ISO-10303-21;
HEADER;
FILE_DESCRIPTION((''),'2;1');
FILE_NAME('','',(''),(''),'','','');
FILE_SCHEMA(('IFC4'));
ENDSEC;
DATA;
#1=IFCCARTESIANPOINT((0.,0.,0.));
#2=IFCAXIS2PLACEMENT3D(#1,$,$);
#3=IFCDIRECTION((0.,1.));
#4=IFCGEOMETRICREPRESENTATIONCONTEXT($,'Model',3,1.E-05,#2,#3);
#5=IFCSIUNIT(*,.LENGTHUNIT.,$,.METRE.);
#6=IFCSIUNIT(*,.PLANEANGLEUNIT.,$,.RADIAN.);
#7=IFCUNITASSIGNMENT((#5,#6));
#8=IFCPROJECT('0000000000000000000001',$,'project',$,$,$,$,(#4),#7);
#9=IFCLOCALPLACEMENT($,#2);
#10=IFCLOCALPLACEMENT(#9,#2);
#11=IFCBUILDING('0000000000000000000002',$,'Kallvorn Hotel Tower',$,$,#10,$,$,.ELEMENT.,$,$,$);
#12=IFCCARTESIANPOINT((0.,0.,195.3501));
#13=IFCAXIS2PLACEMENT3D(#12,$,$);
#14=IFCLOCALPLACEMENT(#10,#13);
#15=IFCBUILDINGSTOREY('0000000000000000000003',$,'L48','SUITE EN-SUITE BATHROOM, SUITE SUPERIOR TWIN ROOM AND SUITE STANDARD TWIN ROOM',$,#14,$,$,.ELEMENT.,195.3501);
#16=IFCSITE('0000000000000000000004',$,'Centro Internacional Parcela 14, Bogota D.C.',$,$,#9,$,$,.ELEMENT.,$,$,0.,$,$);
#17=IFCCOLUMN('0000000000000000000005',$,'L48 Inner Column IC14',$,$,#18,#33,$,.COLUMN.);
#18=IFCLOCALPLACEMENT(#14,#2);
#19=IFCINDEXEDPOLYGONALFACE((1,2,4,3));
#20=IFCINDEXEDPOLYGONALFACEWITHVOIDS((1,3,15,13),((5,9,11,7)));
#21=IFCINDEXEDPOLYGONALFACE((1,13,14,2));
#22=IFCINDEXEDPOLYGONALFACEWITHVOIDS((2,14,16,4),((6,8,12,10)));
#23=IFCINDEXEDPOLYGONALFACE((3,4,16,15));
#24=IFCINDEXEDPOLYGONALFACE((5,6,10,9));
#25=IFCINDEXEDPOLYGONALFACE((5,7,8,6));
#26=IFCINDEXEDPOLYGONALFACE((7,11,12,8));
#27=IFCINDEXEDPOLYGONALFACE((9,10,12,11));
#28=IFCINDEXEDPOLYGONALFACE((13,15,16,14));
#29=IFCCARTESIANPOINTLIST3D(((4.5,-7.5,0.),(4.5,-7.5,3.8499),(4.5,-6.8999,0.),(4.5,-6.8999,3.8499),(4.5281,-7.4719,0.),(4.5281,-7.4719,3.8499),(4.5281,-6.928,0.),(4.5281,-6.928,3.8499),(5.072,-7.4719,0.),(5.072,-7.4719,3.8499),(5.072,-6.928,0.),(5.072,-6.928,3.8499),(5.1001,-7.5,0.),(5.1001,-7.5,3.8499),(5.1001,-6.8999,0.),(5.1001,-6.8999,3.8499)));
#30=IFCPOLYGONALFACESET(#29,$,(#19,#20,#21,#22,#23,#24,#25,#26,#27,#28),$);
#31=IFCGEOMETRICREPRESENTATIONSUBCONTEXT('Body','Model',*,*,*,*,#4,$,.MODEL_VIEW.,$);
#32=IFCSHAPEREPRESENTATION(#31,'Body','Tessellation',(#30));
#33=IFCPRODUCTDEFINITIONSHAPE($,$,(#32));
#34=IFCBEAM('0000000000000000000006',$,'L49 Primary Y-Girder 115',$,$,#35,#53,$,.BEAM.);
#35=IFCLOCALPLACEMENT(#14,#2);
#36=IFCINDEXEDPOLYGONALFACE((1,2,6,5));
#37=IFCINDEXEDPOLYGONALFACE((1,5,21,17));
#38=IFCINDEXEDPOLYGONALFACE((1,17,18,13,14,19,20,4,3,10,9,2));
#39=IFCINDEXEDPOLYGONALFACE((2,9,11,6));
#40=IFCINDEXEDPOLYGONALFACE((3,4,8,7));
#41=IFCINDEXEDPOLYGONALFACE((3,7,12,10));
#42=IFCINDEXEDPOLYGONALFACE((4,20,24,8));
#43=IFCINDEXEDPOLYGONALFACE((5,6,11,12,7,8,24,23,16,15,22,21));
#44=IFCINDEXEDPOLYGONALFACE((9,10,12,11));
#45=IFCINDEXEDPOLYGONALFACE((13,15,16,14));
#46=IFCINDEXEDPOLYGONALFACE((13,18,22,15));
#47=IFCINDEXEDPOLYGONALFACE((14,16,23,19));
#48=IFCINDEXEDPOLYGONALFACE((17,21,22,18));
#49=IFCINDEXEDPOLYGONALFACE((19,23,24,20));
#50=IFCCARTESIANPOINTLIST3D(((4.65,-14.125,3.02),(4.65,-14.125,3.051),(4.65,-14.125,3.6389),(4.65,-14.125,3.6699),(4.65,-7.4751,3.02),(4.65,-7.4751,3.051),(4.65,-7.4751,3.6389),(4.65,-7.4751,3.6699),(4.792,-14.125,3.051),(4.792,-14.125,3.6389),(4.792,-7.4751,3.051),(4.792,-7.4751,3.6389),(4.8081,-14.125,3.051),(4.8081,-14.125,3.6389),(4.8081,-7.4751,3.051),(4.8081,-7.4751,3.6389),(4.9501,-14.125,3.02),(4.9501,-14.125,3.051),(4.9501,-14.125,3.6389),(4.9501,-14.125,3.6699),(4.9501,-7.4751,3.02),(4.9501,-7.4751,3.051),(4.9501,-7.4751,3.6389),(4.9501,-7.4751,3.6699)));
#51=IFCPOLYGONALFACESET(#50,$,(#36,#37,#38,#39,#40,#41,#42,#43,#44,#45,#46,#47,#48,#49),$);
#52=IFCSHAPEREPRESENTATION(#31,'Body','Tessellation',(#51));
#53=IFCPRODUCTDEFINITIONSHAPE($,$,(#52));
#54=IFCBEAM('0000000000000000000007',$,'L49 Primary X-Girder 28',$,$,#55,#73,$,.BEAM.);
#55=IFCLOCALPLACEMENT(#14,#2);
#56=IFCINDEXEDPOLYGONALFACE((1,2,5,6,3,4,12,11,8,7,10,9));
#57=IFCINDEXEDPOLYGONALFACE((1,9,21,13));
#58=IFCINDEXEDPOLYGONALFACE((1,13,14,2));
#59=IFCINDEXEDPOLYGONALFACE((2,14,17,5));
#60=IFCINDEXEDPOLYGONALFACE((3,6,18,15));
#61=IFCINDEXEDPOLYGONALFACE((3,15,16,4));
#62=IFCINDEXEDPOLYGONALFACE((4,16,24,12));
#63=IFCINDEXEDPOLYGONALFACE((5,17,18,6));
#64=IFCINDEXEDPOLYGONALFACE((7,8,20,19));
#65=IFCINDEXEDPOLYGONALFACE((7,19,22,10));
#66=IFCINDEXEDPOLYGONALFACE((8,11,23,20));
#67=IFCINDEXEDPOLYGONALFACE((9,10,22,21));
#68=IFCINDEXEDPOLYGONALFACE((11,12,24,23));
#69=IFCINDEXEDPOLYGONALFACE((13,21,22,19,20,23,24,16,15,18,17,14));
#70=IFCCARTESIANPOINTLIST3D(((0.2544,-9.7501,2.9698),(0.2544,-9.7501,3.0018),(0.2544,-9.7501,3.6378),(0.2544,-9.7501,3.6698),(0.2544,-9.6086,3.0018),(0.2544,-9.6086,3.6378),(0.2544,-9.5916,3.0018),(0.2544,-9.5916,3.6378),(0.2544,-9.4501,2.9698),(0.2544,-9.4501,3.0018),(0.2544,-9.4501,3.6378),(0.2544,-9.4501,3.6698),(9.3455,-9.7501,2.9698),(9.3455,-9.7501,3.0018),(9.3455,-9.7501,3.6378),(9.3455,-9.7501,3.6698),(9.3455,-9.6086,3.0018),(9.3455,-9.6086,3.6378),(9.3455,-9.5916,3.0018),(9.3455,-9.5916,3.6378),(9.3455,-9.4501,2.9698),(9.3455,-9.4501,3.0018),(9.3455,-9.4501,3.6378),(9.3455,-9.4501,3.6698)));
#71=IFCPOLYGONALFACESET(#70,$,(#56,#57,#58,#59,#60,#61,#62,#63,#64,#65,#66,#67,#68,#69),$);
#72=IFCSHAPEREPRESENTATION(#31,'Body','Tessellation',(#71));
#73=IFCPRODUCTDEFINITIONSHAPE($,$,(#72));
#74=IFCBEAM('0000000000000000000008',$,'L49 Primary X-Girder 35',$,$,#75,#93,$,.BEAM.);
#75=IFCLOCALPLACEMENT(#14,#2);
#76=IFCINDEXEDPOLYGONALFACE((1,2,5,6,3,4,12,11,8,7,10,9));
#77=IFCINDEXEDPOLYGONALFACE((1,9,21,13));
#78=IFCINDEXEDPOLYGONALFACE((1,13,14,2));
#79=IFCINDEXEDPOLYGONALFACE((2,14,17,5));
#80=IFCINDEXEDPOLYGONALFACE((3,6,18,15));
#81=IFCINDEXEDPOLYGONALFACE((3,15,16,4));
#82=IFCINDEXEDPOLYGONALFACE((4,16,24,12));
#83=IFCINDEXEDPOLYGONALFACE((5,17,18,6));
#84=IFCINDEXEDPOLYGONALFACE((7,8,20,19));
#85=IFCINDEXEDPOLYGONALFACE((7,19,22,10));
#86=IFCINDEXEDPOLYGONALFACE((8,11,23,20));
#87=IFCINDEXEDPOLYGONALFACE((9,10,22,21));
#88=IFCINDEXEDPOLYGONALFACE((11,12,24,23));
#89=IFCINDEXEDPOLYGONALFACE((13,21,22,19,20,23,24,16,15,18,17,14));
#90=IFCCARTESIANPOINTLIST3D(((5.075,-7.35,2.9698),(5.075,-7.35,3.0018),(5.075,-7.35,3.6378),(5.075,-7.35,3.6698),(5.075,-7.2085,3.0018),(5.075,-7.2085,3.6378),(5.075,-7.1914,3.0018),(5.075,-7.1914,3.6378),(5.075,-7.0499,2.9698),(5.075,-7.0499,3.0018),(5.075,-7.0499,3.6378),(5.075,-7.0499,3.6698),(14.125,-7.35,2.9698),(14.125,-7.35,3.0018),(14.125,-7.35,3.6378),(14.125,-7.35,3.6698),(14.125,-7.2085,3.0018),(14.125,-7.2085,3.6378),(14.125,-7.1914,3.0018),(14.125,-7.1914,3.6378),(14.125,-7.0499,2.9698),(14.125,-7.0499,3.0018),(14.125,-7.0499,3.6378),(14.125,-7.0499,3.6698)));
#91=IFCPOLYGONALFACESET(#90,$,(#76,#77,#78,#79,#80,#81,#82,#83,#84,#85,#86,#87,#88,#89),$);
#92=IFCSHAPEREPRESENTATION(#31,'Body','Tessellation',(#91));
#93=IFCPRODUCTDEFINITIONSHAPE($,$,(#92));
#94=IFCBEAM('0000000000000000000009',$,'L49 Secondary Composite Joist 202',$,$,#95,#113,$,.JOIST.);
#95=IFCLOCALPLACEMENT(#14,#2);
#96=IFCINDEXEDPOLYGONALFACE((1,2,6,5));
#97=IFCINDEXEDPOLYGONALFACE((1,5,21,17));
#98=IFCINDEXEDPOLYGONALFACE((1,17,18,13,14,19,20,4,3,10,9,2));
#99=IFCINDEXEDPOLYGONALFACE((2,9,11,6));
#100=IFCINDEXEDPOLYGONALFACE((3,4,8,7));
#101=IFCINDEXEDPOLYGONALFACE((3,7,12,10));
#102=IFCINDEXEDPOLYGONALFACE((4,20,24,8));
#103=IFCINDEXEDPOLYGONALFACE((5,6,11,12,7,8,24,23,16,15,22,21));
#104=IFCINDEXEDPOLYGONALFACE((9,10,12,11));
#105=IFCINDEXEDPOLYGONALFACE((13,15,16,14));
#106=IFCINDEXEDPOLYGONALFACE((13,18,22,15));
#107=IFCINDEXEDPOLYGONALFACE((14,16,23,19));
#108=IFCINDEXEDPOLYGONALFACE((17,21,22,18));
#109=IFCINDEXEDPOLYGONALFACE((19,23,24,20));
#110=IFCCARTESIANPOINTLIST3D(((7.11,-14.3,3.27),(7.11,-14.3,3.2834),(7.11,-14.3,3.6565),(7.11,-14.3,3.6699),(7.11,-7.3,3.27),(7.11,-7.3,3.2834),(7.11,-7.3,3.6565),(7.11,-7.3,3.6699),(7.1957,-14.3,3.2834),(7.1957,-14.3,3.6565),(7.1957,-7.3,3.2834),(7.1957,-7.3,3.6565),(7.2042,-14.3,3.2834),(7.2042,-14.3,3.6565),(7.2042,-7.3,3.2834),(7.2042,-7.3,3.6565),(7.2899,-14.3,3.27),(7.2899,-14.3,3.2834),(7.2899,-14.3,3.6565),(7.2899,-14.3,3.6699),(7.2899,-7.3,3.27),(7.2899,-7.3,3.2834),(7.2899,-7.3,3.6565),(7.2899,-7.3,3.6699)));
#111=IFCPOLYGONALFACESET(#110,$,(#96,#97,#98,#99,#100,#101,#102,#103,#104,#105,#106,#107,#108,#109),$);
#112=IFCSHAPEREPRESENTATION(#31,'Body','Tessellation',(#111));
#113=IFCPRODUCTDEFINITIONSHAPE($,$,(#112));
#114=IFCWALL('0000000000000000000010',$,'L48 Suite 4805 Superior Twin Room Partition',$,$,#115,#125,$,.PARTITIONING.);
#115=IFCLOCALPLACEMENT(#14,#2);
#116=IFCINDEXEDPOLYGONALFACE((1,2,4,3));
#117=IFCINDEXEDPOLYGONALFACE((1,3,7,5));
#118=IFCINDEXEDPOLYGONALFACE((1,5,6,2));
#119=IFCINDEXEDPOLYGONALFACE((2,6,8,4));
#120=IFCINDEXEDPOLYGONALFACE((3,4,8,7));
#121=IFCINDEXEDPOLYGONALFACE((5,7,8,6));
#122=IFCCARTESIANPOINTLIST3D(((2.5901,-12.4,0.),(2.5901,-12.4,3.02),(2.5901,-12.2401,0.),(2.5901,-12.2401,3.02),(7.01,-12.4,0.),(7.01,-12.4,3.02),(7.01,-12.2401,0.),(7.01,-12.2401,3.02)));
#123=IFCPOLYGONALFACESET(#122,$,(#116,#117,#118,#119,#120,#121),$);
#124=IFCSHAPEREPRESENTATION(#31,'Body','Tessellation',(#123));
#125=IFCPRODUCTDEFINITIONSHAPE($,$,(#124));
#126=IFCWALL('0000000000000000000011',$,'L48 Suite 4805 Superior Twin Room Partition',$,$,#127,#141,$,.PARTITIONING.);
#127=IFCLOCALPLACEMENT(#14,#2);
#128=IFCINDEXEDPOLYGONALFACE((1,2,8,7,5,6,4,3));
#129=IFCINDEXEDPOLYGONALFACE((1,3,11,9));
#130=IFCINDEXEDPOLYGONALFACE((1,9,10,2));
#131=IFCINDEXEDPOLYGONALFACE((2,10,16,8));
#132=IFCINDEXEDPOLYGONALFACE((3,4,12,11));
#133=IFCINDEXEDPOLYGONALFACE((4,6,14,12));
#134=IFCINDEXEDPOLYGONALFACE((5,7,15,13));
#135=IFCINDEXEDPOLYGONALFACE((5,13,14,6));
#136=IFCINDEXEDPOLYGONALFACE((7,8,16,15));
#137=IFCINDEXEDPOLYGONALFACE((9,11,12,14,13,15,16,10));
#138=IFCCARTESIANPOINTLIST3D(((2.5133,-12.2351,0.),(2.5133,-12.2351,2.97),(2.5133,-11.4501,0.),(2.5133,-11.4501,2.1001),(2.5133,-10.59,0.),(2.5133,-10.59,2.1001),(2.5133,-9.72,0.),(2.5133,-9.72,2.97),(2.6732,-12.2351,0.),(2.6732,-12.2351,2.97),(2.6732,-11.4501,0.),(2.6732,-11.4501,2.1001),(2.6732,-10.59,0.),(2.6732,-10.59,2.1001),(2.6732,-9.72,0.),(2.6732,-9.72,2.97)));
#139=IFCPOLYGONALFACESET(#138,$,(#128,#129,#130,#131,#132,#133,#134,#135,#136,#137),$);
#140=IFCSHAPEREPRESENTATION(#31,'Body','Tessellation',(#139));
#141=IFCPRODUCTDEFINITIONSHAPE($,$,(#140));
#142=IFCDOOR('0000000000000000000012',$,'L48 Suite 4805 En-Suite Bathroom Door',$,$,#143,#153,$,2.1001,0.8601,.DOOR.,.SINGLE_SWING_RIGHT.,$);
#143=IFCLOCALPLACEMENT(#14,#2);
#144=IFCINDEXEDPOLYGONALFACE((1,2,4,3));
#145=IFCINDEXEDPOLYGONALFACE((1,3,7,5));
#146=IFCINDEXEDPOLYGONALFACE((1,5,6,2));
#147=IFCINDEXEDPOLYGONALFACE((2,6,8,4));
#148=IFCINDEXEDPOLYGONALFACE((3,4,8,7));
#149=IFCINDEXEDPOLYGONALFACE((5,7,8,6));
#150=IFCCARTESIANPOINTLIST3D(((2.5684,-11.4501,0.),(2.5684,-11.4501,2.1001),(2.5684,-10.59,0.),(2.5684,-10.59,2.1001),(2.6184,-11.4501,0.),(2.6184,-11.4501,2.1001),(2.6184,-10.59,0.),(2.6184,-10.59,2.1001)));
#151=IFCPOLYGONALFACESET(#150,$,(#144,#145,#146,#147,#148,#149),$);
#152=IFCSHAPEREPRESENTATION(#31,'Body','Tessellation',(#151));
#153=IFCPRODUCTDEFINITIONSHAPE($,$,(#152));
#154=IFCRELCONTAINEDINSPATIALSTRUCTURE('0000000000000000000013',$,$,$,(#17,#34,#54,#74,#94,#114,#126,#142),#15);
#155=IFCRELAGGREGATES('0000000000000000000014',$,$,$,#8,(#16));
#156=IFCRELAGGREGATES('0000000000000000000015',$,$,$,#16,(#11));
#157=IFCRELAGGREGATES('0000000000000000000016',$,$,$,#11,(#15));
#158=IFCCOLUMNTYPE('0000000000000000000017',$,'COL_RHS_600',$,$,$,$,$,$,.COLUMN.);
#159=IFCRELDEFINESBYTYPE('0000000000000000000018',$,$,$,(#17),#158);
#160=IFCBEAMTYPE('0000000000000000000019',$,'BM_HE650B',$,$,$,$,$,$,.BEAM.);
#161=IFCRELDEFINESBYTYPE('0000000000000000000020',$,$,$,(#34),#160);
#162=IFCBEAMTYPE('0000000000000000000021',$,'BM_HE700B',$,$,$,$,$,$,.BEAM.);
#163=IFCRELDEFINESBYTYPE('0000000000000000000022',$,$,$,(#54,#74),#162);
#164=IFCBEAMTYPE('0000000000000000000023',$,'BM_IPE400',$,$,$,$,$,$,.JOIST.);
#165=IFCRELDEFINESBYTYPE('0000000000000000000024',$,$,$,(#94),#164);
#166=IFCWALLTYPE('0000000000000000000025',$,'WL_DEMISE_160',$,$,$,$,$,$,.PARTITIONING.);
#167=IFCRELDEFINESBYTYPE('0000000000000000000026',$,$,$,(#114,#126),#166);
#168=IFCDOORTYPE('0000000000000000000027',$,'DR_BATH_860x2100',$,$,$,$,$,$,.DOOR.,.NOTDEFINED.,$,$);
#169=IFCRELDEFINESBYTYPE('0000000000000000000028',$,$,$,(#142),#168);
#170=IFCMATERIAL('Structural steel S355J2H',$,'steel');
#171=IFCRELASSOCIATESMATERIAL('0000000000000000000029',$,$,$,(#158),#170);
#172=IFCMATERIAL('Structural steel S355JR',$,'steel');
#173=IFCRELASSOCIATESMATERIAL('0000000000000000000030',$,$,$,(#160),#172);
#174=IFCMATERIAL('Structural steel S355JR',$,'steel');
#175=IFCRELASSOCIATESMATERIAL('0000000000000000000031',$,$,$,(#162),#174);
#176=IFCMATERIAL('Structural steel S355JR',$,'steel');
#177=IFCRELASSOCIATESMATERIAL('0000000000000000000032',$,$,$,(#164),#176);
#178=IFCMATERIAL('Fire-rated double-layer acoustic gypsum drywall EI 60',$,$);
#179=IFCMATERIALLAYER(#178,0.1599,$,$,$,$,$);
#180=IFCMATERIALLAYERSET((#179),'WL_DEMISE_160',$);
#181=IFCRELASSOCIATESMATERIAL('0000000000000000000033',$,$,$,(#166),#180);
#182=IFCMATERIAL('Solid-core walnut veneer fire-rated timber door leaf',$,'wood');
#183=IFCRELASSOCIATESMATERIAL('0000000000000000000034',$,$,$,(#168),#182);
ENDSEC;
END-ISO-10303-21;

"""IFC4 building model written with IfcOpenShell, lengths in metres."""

from ifc_helpers import new_model, si_unit, direction, frame, frame_2d, origin, origin_2d, place, context, subcontext, project, spatial, rectangle, hollow_rectangle, i_section, extrude, material, layer, layer_set, material_profile, profile_set, type_object, element, fill, save


model = new_model("IFC4")

# Units and contexts
model_context = context("Model", 3, precision=1e-05, world=origin(), true_north=direction((0.0, 1.0)))
body_context = subcontext(model_context, "Body", "Model", "MODEL_VIEW")
ifc_project = project(units=[si_unit("LENGTHUNIT", "METRE"), si_unit("PLANEANGLEUNIT", "RADIAN")], contexts=[model_context])

# Site, building, storey
site_placement = place(None, origin())
site = spatial("IfcSite", under=ifc_project, at=site_placement, Name="Centro Internacional Parcela 14, Bogota D.C.", CompositionType="ELEMENT", RefElevation=0.0)
building_placement = place(site_placement, origin())
building = spatial("IfcBuilding", under=site, at=building_placement, Name="Kallvorn Hotel Tower", CompositionType="ELEMENT")
storey_placement = place(building_placement, frame((0.0, 0.0, 195.3501)))
storey = spatial("IfcBuildingStorey", under=building, at=storey_placement, Name="L48", Description="SUITE EN-SUITE BATHROOM, SUITE SUPERIOR TWIN ROOM AND SUITE STANDARD TWIN ROOM", CompositionType="ELEMENT", Elevation=195.3501)

# Column
ifc_material_1 = material(Name="Structural steel S355J2H", Category="steel")
ifc_material_profile_1 = material_profile(ifc_material_1, hollow_rectangle(XDim=0.6001, YDim=0.6001, WallThickness=0.0281, at=origin_2d()), Name="RHS 600x600x28")
ifc_profile_set_1 = profile_set([ifc_material_profile_1], Name="Structural steel S355J2H")
column_type = type_object("IfcColumnType", Name="COL_RHS_600", PredefinedType="COLUMN", material=ifc_profile_set_1)
column_placement = place(storey_placement, frame((4.8, -7.2, 0.0), z_axis=(0.0, 0.0, 1.0), x_axis=(1.0, 0.0, 0.0)))
element("IfcColumn", 1, at=column_placement, inside=storey, type_object=column_type, Name="L48 Inner Column IC14", PredefinedType="COLUMN", context=body_context, shape_type="SweptSolid", body=[
    extrude(hollow_rectangle(XDim=0.6001, YDim=0.6001, WallThickness=0.0281, at=origin_2d()), origin(), (0.0, 0.0, 1.0), 3.8499),
])

# Beams
ifc_material_2 = material(Name="Structural steel S355JR", Category="steel")
ifc_material_profile_2 = material_profile(ifc_material_2, i_section(OverallWidth=0.3, OverallDepth=0.6499, WebThickness=0.0161, FlangeThickness=0.031, at=origin_2d()), Name="HE 650 B")
ifc_profile_set_2 = profile_set([ifc_material_profile_2], Name="Structural steel S355JR")
beam_type_1 = type_object("IfcBeamType", Name="BM_HE650B", PredefinedType="BEAM", material=ifc_profile_set_2)
beam_1_placement = place(storey_placement, frame((4.8, -14.125, 3.345), z_axis=(0.0, 1.0, 0.0), x_axis=(-1.0, 0.0, 0.0)))
element("IfcBeam", 2, at=beam_1_placement, inside=storey, type_object=beam_type_1, Name="L49 Primary Y-Girder 115", PredefinedType="BEAM", context=body_context, shape_type="SweptSolid", body=[
    extrude(i_section(OverallWidth=0.3, OverallDepth=0.6499, WebThickness=0.0161, FlangeThickness=0.031, at=origin_2d()), origin(), (0.0, 0.0, 1.0), 6.6499),
])
ifc_material_3 = material(Name="Structural steel S355JR", Category="steel")
ifc_material_profile_3 = material_profile(ifc_material_3, i_section(OverallWidth=0.3, OverallDepth=0.7, WebThickness=0.0171, FlangeThickness=0.032, at=origin_2d()), Name="HE 700 B")
ifc_profile_set_3 = profile_set([ifc_material_profile_3], Name="Structural steel S355JR")
beam_type_2 = type_object("IfcBeamType", Name="BM_HE700B", PredefinedType="BEAM", material=ifc_profile_set_3)
beam_2_placement = place(storey_placement, frame((0.2544, -9.6001, 3.3198), z_axis=(1.0, 0.0, 0.0), x_axis=(0.0, 1.0, 0.0)))
element("IfcBeam", 3, at=beam_2_placement, inside=storey, type_object=beam_type_2, Name="L49 Primary X-Girder 28", PredefinedType="BEAM", context=body_context, shape_type="SweptSolid", body=[
    extrude(i_section(OverallWidth=0.3, OverallDepth=0.7, WebThickness=0.0171, FlangeThickness=0.032, at=origin_2d()), origin(), (0.0, 0.0, 1.0), 9.0911),
])
beam_3_placement = place(storey_placement, frame((5.075, -7.2, 3.3198), z_axis=(1.0, 0.0, 0.0), x_axis=(0.0, 1.0, 0.0)))
element("IfcBeam", 4, at=beam_3_placement, inside=storey, type_object=beam_type_2, Name="L49 Primary X-Girder 35", PredefinedType="BEAM", context=body_context, shape_type="SweptSolid", body=[
    extrude(i_section(OverallWidth=0.3, OverallDepth=0.7, WebThickness=0.0171, FlangeThickness=0.032, at=origin_2d()), origin(), (0.0, 0.0, 1.0), 9.05),
])
ifc_material_4 = material(Name="Structural steel S355JR", Category="steel")
ifc_material_profile_4 = material_profile(ifc_material_4, i_section(OverallWidth=0.1799, OverallDepth=0.3999, WebThickness=0.0085, FlangeThickness=0.0134, at=origin_2d()), Name="IPE 400")
ifc_profile_set_4 = profile_set([ifc_material_profile_4], Name="Structural steel S355JR")
beam_type_3 = type_object("IfcBeamType", Name="BM_IPE400", PredefinedType="JOIST", material=ifc_profile_set_4)
beam_4_placement = place(storey_placement, frame((7.2, -14.3, 3.47), z_axis=(0.0, 1.0, 0.0), x_axis=(-1.0, 0.0, 0.0)))
element("IfcBeam", 5, at=beam_4_placement, inside=storey, type_object=beam_type_3, Name="L49 Secondary Composite Joist 202", PredefinedType="JOIST", context=body_context, shape_type="SweptSolid", body=[
    extrude(i_section(OverallWidth=0.1799, OverallDepth=0.3999, WebThickness=0.0085, FlangeThickness=0.0134, at=origin_2d()), origin(), (0.0, 0.0, 1.0), 7.0),
])

# Wall
ifc_material_5 = material(Name="Fire-rated double-layer acoustic gypsum drywall EI 60")
ifc_layer_1 = layer(ifc_material_5, 0.1599)
ifc_layer_set_1 = layer_set([ifc_layer_1], Name="WL_DEMISE_160")
wall_type_1 = type_object("IfcWallType", Name="WL_DEMISE_160", PredefinedType="PARTITIONING", material=ifc_layer_set_1)
wall_1_placement = place(storey_placement, frame((2.5901, -12.3201, 0.0), z_axis=(0.0, 0.0, 1.0), x_axis=(1.0, 0.0, 0.0)))
element("IfcWall", 6, at=wall_1_placement, inside=storey, type_object=wall_type_1, Name="L48 Suite 4805 Superior Twin Room Partition", PredefinedType="PARTITIONING", context=body_context, shape_type="SweptSolid", body=[
    extrude(rectangle(XDim=4.4199, YDim=0.1599, at=frame_2d((2.21, 0.0))), origin(), (0.0, 0.0, 1.0), 3.02),
])

# Wall, opening, door
wall_2_placement = place(storey_placement, frame((2.5933, -12.2351, 0.0), z_axis=(0.0, 0.0, 1.0), x_axis=(0.0, 1.0, 0.0)))
wall_2 = element("IfcWall", 7, at=wall_2_placement, inside=storey, type_object=wall_type_1, Name="L48 Suite 4805 Superior Twin Room Partition", PredefinedType="PARTITIONING", context=body_context, shape_type="SweptSolid", body=[
    extrude(rectangle(XDim=2.5151, YDim=0.1599, at=frame_2d((1.2576, 0.0))), origin(), (0.0, 0.0, 1.0), 2.97),
])
opening_1_placement = place(wall_2_placement, frame((0.7849, 0.0, 0.0)))
opening_1 = element("IfcOpeningElement", 8, at=opening_1_placement, cuts=wall_2, PredefinedType="OPENING", context=body_context, shape_type="SweptSolid", body=[
    extrude(rectangle(XDim=0.8601, YDim=2.1001, at=frame_2d((0.4302, 1.05))), frame((0.0, 0.095, 0.0), z_axis=(0.0, -1.0, 0.0), x_axis=(1.0, 0.0, 0.0)), (0.0, 0.0, 1.0), 0.1899),
])
ifc_material_6 = material(Name="Solid-core walnut veneer fire-rated timber door leaf", Category="wood")
door_type_1 = type_object("IfcDoorType", Name="DR_BATH_860x2100", OperationType="NOTDEFINED", PredefinedType="DOOR", material=ifc_material_6)
door_1_placement = place(opening_1_placement, origin())
door_1 = element("IfcDoor", 9, at=door_1_placement, inside=storey, type_object=door_type_1, Name="L48 Suite 4805 En-Suite Bathroom Door", OperationType="SINGLE_SWING_RIGHT", OverallHeight=2.1001, OverallWidth=0.8601, PredefinedType="DOOR", context=body_context, shape_type="SweptSolid", body=[
    extrude(rectangle(XDim=0.8601, YDim=2.1001, at=frame_2d((0.4302, 1.05))), frame((0.0, 0.0249, 0.0), z_axis=(0.0, -1.0, 0.0), x_axis=(1.0, 0.0, 0.0)), (0.0, 0.0, 1.0), 0.05),
])
fill(opening_1, door_1)

save(model, "model.ifc")
